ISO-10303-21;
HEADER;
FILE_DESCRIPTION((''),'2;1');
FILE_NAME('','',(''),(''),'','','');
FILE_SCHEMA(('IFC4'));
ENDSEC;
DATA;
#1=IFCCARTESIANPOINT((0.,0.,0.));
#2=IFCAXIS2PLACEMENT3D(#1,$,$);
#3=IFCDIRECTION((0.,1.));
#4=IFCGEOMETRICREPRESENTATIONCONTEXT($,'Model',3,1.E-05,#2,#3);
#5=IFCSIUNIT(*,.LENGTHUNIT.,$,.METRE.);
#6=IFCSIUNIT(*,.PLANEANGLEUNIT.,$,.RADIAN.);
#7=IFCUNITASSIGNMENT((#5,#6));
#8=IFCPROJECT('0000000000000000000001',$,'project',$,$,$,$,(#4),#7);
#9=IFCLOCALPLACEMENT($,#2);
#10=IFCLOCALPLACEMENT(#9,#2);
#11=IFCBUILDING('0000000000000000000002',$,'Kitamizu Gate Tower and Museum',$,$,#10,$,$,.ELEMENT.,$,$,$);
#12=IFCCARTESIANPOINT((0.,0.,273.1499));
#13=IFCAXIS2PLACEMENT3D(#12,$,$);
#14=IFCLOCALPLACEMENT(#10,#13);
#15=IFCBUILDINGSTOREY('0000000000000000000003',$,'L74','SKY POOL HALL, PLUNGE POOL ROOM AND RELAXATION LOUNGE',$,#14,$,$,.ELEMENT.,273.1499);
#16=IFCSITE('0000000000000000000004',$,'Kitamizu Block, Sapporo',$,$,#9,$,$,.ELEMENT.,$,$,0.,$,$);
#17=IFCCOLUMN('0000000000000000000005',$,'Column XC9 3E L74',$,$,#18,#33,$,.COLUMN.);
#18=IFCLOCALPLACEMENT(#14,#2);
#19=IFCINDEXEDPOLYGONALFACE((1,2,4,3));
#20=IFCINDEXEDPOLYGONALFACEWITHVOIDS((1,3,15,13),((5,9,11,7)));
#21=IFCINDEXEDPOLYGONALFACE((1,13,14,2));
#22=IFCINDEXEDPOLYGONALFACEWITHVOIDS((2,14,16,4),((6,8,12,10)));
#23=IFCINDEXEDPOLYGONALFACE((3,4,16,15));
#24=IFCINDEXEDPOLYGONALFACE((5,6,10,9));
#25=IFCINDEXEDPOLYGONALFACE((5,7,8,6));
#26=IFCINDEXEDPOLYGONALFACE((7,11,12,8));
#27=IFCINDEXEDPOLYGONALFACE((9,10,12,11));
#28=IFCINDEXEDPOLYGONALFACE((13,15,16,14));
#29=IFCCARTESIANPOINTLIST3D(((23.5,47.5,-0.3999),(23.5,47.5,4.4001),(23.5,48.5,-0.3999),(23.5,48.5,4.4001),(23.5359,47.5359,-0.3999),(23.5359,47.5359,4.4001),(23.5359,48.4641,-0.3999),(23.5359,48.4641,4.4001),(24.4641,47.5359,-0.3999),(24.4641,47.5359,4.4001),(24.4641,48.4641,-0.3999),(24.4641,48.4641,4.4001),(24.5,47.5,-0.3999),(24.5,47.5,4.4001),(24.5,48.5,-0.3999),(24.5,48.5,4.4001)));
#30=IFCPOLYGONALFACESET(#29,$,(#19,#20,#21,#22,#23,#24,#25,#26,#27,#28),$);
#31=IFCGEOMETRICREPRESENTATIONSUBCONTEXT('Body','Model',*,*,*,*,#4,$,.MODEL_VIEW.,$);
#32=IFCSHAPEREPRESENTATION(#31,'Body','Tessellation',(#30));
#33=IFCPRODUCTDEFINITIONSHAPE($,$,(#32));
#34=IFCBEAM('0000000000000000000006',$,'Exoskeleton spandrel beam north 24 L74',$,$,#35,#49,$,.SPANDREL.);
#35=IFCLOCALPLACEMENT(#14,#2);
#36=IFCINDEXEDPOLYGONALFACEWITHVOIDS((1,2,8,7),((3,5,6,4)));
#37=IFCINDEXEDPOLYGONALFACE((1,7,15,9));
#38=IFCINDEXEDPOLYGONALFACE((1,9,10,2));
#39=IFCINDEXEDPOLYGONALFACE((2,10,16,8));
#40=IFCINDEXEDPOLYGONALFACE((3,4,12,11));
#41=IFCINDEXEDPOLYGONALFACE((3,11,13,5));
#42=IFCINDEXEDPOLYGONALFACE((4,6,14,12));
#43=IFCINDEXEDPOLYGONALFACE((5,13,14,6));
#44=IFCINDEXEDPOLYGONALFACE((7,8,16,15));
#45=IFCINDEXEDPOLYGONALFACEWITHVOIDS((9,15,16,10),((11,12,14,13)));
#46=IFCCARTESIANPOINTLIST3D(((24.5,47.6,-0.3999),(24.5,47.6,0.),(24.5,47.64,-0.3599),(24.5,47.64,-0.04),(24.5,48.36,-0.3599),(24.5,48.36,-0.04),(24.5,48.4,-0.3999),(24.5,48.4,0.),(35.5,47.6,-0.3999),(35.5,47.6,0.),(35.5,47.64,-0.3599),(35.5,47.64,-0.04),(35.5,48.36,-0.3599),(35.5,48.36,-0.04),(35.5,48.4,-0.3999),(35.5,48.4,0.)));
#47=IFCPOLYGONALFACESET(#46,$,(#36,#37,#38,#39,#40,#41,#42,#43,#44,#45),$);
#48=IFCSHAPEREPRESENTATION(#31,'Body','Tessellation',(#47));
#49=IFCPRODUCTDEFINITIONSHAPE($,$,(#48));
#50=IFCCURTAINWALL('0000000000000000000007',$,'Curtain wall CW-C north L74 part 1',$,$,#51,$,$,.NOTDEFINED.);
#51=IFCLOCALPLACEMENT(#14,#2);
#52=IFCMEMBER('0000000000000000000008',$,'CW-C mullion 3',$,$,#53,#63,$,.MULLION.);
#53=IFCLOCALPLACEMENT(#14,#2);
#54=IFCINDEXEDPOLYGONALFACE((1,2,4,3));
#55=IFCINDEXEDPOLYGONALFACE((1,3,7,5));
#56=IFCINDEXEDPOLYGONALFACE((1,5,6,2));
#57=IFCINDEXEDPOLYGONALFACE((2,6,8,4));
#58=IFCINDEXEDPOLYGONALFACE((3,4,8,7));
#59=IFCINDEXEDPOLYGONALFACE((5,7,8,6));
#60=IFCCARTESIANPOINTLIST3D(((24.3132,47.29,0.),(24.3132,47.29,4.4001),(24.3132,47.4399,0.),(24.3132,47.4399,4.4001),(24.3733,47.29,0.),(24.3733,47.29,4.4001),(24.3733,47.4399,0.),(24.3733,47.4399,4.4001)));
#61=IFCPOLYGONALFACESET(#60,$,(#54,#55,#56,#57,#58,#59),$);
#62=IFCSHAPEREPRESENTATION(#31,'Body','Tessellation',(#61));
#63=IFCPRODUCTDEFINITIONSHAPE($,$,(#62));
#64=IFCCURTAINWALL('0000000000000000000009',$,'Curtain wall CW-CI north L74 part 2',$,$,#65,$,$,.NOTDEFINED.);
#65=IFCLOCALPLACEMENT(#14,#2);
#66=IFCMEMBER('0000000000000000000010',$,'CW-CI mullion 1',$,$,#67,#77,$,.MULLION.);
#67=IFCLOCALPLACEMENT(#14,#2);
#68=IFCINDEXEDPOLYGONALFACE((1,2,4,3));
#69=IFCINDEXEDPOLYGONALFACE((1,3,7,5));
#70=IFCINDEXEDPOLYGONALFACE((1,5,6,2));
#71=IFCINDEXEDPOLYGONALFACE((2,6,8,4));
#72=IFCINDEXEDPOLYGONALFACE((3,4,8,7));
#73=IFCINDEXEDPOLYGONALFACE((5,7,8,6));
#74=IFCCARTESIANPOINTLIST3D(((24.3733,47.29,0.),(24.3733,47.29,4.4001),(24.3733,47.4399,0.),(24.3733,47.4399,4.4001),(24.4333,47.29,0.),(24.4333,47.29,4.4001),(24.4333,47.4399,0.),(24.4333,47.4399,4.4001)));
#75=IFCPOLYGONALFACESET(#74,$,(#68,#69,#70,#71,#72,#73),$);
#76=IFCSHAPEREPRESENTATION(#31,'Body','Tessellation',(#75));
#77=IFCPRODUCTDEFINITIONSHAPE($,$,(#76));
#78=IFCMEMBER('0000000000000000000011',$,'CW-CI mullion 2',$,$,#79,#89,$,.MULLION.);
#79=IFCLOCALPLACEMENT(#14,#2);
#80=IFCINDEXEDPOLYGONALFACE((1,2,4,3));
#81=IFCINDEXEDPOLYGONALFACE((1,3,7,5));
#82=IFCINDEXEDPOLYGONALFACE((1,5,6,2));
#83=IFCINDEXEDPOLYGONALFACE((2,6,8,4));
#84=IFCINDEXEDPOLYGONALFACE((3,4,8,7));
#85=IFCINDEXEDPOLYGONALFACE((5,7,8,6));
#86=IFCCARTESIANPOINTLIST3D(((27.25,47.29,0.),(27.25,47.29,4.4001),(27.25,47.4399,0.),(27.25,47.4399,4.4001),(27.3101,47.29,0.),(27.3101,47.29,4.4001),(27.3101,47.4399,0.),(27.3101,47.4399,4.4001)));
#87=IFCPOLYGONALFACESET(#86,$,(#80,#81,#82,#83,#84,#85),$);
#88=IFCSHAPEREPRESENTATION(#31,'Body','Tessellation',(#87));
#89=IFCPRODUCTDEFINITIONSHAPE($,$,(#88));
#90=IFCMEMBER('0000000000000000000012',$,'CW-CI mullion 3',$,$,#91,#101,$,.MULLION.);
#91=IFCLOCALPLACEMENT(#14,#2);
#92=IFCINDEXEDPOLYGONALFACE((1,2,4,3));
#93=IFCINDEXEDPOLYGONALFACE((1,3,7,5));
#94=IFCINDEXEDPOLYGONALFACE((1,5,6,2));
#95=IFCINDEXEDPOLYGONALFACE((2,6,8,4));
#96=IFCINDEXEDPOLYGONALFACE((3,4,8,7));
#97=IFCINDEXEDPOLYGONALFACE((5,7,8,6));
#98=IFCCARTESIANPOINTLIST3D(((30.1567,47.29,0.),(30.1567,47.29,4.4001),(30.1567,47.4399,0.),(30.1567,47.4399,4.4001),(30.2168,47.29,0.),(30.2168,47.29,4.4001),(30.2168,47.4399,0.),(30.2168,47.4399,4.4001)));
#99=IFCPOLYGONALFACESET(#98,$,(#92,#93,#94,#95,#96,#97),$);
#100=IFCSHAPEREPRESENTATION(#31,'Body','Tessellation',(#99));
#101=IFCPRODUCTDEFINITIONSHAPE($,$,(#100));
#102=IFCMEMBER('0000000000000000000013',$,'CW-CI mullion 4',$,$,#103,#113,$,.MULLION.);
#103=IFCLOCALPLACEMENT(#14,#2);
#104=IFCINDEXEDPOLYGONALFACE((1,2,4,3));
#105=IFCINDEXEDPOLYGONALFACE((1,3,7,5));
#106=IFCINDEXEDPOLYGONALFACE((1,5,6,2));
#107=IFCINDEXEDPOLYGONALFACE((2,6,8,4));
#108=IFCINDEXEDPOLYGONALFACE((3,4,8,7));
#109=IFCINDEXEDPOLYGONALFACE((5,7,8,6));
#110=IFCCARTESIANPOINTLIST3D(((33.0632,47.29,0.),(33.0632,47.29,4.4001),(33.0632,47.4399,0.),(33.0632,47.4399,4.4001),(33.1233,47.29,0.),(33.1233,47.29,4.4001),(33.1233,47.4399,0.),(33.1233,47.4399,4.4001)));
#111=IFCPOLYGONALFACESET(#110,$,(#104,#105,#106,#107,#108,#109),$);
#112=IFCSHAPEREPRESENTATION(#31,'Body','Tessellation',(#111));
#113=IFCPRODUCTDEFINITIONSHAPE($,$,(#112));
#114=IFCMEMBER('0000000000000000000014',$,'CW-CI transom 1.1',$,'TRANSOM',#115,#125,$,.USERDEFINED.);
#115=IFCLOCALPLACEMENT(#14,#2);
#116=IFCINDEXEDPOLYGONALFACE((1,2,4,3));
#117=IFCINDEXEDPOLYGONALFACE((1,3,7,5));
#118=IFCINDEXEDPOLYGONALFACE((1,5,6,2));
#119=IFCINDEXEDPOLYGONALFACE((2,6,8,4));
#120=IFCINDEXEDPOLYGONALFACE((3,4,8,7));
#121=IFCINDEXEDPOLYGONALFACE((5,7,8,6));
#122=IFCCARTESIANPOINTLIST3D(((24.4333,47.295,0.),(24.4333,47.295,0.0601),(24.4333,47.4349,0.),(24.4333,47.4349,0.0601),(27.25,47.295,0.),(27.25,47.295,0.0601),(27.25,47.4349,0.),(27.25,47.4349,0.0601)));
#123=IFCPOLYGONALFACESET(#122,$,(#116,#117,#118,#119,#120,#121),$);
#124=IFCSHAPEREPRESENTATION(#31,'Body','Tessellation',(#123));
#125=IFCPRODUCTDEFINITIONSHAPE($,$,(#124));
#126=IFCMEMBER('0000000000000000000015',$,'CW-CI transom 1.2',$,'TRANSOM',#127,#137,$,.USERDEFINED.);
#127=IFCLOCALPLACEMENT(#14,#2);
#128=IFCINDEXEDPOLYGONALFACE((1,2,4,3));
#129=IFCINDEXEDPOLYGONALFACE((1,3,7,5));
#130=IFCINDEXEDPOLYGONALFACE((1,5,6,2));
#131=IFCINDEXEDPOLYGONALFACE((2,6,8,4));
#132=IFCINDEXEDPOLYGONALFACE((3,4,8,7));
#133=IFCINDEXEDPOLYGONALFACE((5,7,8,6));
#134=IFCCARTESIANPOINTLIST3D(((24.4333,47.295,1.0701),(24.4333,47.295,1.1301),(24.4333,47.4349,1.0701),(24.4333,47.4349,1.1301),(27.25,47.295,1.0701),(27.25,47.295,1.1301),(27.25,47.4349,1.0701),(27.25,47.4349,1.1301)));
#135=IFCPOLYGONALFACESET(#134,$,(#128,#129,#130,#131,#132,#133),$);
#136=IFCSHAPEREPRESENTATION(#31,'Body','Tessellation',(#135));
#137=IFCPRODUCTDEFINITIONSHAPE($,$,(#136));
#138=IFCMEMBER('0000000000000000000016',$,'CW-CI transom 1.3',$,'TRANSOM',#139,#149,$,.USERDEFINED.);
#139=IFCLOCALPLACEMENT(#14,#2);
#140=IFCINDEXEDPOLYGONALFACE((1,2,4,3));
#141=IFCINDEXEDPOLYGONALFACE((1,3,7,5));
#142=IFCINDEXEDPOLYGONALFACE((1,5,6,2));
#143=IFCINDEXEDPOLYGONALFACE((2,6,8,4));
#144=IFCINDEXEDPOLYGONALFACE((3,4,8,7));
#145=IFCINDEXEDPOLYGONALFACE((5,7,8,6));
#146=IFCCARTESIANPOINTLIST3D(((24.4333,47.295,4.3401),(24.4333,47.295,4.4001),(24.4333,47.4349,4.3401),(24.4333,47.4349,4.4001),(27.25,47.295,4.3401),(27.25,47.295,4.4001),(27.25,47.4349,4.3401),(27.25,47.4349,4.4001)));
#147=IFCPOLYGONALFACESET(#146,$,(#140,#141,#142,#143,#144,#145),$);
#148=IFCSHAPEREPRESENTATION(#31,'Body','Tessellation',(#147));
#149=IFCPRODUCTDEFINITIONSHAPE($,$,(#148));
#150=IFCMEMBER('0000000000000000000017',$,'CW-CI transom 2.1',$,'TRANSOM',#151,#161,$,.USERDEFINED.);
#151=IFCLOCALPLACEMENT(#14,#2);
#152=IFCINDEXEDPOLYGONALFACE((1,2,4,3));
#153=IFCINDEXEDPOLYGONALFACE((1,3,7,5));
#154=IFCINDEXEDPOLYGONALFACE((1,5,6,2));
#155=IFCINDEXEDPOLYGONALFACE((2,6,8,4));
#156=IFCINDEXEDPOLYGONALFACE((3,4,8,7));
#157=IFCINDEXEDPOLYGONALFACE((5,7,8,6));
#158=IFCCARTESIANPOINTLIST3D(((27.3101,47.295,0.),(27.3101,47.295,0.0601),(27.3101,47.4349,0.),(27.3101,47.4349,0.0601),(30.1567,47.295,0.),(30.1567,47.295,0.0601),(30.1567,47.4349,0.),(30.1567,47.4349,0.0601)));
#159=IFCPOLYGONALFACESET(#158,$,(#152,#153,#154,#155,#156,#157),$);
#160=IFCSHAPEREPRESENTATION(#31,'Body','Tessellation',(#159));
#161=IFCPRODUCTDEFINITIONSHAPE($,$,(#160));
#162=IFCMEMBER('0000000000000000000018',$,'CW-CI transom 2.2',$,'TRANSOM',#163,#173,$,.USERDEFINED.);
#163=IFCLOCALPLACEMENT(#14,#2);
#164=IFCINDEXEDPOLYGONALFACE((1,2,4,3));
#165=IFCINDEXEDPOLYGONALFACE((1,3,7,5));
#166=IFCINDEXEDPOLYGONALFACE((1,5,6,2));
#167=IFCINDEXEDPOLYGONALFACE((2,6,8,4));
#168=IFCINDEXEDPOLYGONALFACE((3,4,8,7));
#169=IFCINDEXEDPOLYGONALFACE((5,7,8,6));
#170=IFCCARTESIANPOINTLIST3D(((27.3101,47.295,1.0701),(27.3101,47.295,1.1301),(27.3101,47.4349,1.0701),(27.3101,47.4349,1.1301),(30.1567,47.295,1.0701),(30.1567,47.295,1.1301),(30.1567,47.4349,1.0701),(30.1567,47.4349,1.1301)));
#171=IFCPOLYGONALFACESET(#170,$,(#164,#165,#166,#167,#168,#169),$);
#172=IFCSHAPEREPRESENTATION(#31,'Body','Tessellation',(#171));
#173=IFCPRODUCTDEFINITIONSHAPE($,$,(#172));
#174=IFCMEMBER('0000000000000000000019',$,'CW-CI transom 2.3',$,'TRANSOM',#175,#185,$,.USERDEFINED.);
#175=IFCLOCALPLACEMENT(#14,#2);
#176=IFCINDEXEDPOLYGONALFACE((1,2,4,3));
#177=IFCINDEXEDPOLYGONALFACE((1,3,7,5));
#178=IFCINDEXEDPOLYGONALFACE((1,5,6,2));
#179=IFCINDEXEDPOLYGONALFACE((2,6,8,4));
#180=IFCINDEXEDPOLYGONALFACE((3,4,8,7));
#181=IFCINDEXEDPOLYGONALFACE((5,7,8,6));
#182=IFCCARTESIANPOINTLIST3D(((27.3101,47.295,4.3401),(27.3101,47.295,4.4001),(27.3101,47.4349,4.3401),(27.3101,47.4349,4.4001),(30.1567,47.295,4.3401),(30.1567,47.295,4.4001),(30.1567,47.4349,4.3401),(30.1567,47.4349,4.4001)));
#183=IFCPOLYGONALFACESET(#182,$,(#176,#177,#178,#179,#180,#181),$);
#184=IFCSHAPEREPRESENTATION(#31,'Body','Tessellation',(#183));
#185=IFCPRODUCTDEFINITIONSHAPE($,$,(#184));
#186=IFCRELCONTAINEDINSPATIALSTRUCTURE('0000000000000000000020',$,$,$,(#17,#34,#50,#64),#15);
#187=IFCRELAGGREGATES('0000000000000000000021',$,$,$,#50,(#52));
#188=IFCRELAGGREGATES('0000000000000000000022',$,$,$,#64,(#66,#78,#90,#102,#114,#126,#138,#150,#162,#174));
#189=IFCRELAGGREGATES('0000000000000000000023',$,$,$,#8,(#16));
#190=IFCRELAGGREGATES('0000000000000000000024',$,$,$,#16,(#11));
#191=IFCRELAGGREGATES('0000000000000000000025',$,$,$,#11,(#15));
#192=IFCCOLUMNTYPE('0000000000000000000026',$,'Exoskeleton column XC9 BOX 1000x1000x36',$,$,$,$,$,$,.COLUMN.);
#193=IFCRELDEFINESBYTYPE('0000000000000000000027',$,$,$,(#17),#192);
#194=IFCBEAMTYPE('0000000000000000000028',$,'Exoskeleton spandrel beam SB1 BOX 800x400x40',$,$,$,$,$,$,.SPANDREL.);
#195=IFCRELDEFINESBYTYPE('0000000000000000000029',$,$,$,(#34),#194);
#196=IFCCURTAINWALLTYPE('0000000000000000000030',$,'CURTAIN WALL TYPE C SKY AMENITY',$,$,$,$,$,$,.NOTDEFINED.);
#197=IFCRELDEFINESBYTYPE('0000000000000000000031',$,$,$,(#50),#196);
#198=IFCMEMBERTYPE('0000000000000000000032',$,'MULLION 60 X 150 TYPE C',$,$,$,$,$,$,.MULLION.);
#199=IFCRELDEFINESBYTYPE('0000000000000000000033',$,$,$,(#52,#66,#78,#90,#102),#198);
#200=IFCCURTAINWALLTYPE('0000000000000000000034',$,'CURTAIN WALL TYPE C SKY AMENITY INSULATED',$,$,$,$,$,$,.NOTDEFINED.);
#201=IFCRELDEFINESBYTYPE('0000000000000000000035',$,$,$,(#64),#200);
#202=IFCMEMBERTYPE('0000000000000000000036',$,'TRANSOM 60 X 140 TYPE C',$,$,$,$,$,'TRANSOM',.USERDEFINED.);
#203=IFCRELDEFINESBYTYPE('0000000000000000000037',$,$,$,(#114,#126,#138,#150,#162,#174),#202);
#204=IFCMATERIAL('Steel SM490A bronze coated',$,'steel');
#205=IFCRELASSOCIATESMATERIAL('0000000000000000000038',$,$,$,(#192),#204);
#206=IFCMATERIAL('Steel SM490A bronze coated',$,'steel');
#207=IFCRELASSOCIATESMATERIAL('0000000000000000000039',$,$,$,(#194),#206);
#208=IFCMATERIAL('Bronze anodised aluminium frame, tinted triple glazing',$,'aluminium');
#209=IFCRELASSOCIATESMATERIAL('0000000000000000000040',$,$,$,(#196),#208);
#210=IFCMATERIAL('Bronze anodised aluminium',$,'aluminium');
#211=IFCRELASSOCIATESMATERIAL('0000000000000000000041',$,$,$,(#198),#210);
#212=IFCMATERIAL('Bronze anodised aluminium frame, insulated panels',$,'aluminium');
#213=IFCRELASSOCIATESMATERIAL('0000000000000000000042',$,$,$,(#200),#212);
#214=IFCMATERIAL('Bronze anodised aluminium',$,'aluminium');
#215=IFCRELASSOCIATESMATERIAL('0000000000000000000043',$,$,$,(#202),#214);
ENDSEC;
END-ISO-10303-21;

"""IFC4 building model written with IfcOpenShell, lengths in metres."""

from ifc_helpers import new_model, si_unit, direction, frame, origin, origin_2d, place, context, subcontext, project, spatial, rectangle, hollow_rectangle, extrude, material, material_profile, profile_set, type_object, element, aggregate, save


model = new_model("IFC4")

# Units and contexts
model_context = context("Model", 3, precision=1e-05, world=origin(), true_north=direction((0.0, 1.0)))
body_context = subcontext(model_context, "Body", "Model", "MODEL_VIEW")
ifc_project = project(units=[si_unit("LENGTHUNIT", "METRE"), si_unit("PLANEANGLEUNIT", "RADIAN")], contexts=[model_context])

# Site, building, storey
site_placement = place(None, origin())
site = spatial("IfcSite", under=ifc_project, at=site_placement, Name="Kitamizu Block, Sapporo", CompositionType="ELEMENT", RefElevation=0.0)
building_placement = place(site_placement, origin())
building = spatial("IfcBuilding", under=site, at=building_placement, Name="Kitamizu Gate Tower and Museum", CompositionType="ELEMENT")
storey_placement = place(building_placement, frame((0.0, 0.0, 273.1499)))
storey = spatial("IfcBuildingStorey", under=building, at=storey_placement, Name="L74", Description="SKY POOL HALL, PLUNGE POOL ROOM AND RELAXATION LOUNGE", CompositionType="ELEMENT", Elevation=273.1499)

# Column
ifc_material_1 = material(Name="Steel SM490A bronze coated", Category="steel")
ifc_material_profile_1 = material_profile(ifc_material_1, hollow_rectangle(XDim=1.0, YDim=1.0, WallThickness=0.0359, at=origin_2d()), Name="BOX 1000x1000x36")
ifc_profile_set_1 = profile_set([ifc_material_profile_1], Name="Steel SM490A bronze coated")
column_type = type_object("IfcColumnType", Name="Exoskeleton column XC9 BOX 1000x1000x36", PredefinedType="COLUMN", material=ifc_profile_set_1)
column_placement = place(storey_placement, frame((24.0, 48.0, -0.3999), z_axis=(0.0, 0.0, 1.0), x_axis=(1.0, 0.0, 0.0)))
element("IfcColumn", 1, at=column_placement, inside=storey, type_object=column_type, Name="Column XC9 3E L74", PredefinedType="COLUMN", context=body_context, shape_type="SweptSolid", body=[
    extrude(hollow_rectangle(XDim=1.0, YDim=1.0, WallThickness=0.0359, at=origin_2d()), origin(), (0.0, 0.0, 1.0), 4.8),
])

# Beam
ifc_material_2 = material(Name="Steel SM490A bronze coated", Category="steel")
ifc_material_profile_2 = material_profile(ifc_material_2, hollow_rectangle(XDim=0.8, YDim=0.3999, WallThickness=0.04, at=origin_2d()), Name="BOX 800x400x40")
ifc_profile_set_2 = profile_set([ifc_material_profile_2], Name="Steel SM490A bronze coated")
beam_type = type_object("IfcBeamType", Name="Exoskeleton spandrel beam SB1 BOX 800x400x40", PredefinedType="SPANDREL", material=ifc_profile_set_2)
beam_placement = place(storey_placement, frame((24.5, 48.0, -0.2), z_axis=(1.0, 0.0, 0.0), x_axis=(0.0, 1.0, 0.0)))
element("IfcBeam", 2, at=beam_placement, inside=storey, type_object=beam_type, Name="Exoskeleton spandrel beam north 24 L74", PredefinedType="SPANDREL", context=body_context, shape_type="SweptSolid", body=[
    extrude(hollow_rectangle(XDim=0.8, YDim=0.3999, WallThickness=0.04, at=origin_2d()), origin(), (0.0, 0.0, 1.0), 11.0),
])

# Curtain wall, member
ifc_material_3 = material(Name="Bronze anodised aluminium frame, tinted triple glazing", Category="aluminium")
curtain_wall_type_1 = type_object("IfcCurtainWallType", Name="CURTAIN WALL TYPE C SKY AMENITY", PredefinedType="NOTDEFINED", material=ifc_material_3)
curtain_wall_1_placement = place(storey_placement, origin())
curtain_wall_1 = element("IfcCurtainWall", 3, at=curtain_wall_1_placement, inside=storey, type_object=curtain_wall_type_1, Name="Curtain wall CW-C north L74 part 1", PredefinedType="NOTDEFINED")
ifc_material_4 = material(Name="Bronze anodised aluminium", Category="aluminium")
ifc_material_profile_3 = material_profile(ifc_material_4, rectangle(XDim=0.0601, YDim=0.1499, at=origin_2d()), Name="AL 60X150")
ifc_profile_set_3 = profile_set([ifc_material_profile_3], Name="Bronze anodised aluminium")
member_type_1 = type_object("IfcMemberType", Name="MULLION 60 X 150 TYPE C", PredefinedType="MULLION", material=ifc_profile_set_3)
member_1_placement = place(storey_placement, frame((24.3433, 47.365, 0.0), z_axis=(0.0, 0.0, 1.0), x_axis=(1.0, 0.0, 0.0)))
member_1 = element("IfcMember", 4, at=member_1_placement, type_object=member_type_1, Name="CW-C mullion 3", PredefinedType="MULLION", context=body_context, shape_type="SweptSolid", body=[
    extrude(rectangle(XDim=0.0601, YDim=0.1499, at=origin_2d()), origin(), (0.0, 0.0, 1.0), 4.4001),
])

# Curtain wall, members
ifc_material_5 = material(Name="Bronze anodised aluminium frame, insulated panels", Category="aluminium")
curtain_wall_type_2 = type_object("IfcCurtainWallType", Name="CURTAIN WALL TYPE C SKY AMENITY INSULATED", PredefinedType="NOTDEFINED", material=ifc_material_5)
curtain_wall_2_placement = place(storey_placement, origin())
curtain_wall_2 = element("IfcCurtainWall", 5, at=curtain_wall_2_placement, inside=storey, type_object=curtain_wall_type_2, Name="Curtain wall CW-CI north L74 part 2", PredefinedType="NOTDEFINED")
member_2_placement = place(storey_placement, frame((24.4033, 47.365, 0.0), z_axis=(0.0, 0.0, 1.0), x_axis=(1.0, 0.0, 0.0)))
member_2 = element("IfcMember", 6, at=member_2_placement, type_object=member_type_1, Name="CW-CI mullion 1", PredefinedType="MULLION", context=body_context, shape_type="SweptSolid", body=[
    extrude(rectangle(XDim=0.0601, YDim=0.1499, at=origin_2d()), origin(), (0.0, 0.0, 1.0), 4.4001),
])
member_3_placement = place(storey_placement, frame((27.28, 47.365, 0.0), z_axis=(0.0, 0.0, 1.0), x_axis=(1.0, 0.0, 0.0)))
member_3 = element("IfcMember", 7, at=member_3_placement, type_object=member_type_1, Name="CW-CI mullion 2", PredefinedType="MULLION", context=body_context, shape_type="SweptSolid", body=[
    extrude(rectangle(XDim=0.0601, YDim=0.1499, at=origin_2d()), origin(), (0.0, 0.0, 1.0), 4.4001),
])
member_4_placement = place(storey_placement, frame((30.1868, 47.365, 0.0), z_axis=(0.0, 0.0, 1.0), x_axis=(1.0, 0.0, 0.0)))
member_4 = element("IfcMember", 8, at=member_4_placement, type_object=member_type_1, Name="CW-CI mullion 3", PredefinedType="MULLION", context=body_context, shape_type="SweptSolid", body=[
    extrude(rectangle(XDim=0.0601, YDim=0.1499, at=origin_2d()), origin(), (0.0, 0.0, 1.0), 4.4001),
])
member_5_placement = place(storey_placement, frame((33.0933, 47.365, 0.0), z_axis=(0.0, 0.0, 1.0), x_axis=(1.0, 0.0, 0.0)))
member_5 = element("IfcMember", 9, at=member_5_placement, type_object=member_type_1, Name="CW-CI mullion 4", PredefinedType="MULLION", context=body_context, shape_type="SweptSolid", body=[
    extrude(rectangle(XDim=0.0601, YDim=0.1499, at=origin_2d()), origin(), (0.0, 0.0, 1.0), 4.4001),
])
ifc_material_6 = material(Name="Bronze anodised aluminium", Category="aluminium")
ifc_material_profile_4 = material_profile(ifc_material_6, rectangle(XDim=0.1399, YDim=0.0601, at=origin_2d()), Name="AL 60X140")
ifc_profile_set_4 = profile_set([ifc_material_profile_4], Name="Bronze anodised aluminium")
member_type_2 = type_object("IfcMemberType", Name="TRANSOM 60 X 140 TYPE C", ElementType="TRANSOM", PredefinedType="USERDEFINED", material=ifc_profile_set_4)
member_6_placement = place(storey_placement, frame((24.4333, 47.365, 0.03), z_axis=(1.0, 0.0, 0.0), x_axis=(0.0, 1.0, 0.0)))
member_6 = element("IfcMember", 10, at=member_6_placement, type_object=member_type_2, Name="CW-CI transom 1.1", ObjectType="TRANSOM", PredefinedType="USERDEFINED", context=body_context, shape_type="SweptSolid", body=[
    extrude(rectangle(XDim=0.1399, YDim=0.0601, at=origin_2d()), origin(), (0.0, 0.0, 1.0), 2.8167),
])
member_7_placement = place(storey_placement, frame((24.4333, 47.365, 1.1001), z_axis=(1.0, 0.0, 0.0), x_axis=(0.0, 1.0, 0.0)))
member_7 = element("IfcMember", 11, at=member_7_placement, type_object=member_type_2, Name="CW-CI transom 1.2", ObjectType="TRANSOM", PredefinedType="USERDEFINED", context=body_context, shape_type="SweptSolid", body=[
    extrude(rectangle(XDim=0.1399, YDim=0.0601, at=origin_2d()), origin(), (0.0, 0.0, 1.0), 2.8167),
])
member_8_placement = place(storey_placement, frame((24.4333, 47.365, 4.3701), z_axis=(1.0, 0.0, 0.0), x_axis=(0.0, 1.0, 0.0)))
member_8 = element("IfcMember", 12, at=member_8_placement, type_object=member_type_2, Name="CW-CI transom 1.3", ObjectType="TRANSOM", PredefinedType="USERDEFINED", context=body_context, shape_type="SweptSolid", body=[
    extrude(rectangle(XDim=0.1399, YDim=0.0601, at=origin_2d()), origin(), (0.0, 0.0, 1.0), 2.8167),
])
member_9_placement = place(storey_placement, frame((27.3101, 47.365, 0.03), z_axis=(1.0, 0.0, 0.0), x_axis=(0.0, 1.0, 0.0)))
member_9 = element("IfcMember", 13, at=member_9_placement, type_object=member_type_2, Name="CW-CI transom 2.1", ObjectType="TRANSOM", PredefinedType="USERDEFINED", context=body_context, shape_type="SweptSolid", body=[
    extrude(rectangle(XDim=0.1399, YDim=0.0601, at=origin_2d()), origin(), (0.0, 0.0, 1.0), 2.8467),
])
member_10_placement = place(storey_placement, frame((27.3101, 47.365, 1.1001), z_axis=(1.0, 0.0, 0.0), x_axis=(0.0, 1.0, 0.0)))
member_10 = element("IfcMember", 14, at=member_10_placement, type_object=member_type_2, Name="CW-CI transom 2.2", ObjectType="TRANSOM", PredefinedType="USERDEFINED", context=body_context, shape_type="SweptSolid", body=[
    extrude(rectangle(XDim=0.1399, YDim=0.0601, at=origin_2d()), origin(), (0.0, 0.0, 1.0), 2.8467),
])
member_11_placement = place(storey_placement, frame((27.3101, 47.365, 4.3701), z_axis=(1.0, 0.0, 0.0), x_axis=(0.0, 1.0, 0.0)))
member_11 = element("IfcMember", 15, at=member_11_placement, type_object=member_type_2, Name="CW-CI transom 2.3", ObjectType="TRANSOM", PredefinedType="USERDEFINED", context=body_context, shape_type="SweptSolid", body=[
    extrude(rectangle(XDim=0.1399, YDim=0.0601, at=origin_2d()), origin(), (0.0, 0.0, 1.0), 2.8467),
])

aggregate(curtain_wall_1, [member_1])
aggregate(curtain_wall_2, [member_2, member_3, member_4, member_5, member_6, member_7, member_8, member_9, member_10, member_11])

save(model, "model.ifc")
